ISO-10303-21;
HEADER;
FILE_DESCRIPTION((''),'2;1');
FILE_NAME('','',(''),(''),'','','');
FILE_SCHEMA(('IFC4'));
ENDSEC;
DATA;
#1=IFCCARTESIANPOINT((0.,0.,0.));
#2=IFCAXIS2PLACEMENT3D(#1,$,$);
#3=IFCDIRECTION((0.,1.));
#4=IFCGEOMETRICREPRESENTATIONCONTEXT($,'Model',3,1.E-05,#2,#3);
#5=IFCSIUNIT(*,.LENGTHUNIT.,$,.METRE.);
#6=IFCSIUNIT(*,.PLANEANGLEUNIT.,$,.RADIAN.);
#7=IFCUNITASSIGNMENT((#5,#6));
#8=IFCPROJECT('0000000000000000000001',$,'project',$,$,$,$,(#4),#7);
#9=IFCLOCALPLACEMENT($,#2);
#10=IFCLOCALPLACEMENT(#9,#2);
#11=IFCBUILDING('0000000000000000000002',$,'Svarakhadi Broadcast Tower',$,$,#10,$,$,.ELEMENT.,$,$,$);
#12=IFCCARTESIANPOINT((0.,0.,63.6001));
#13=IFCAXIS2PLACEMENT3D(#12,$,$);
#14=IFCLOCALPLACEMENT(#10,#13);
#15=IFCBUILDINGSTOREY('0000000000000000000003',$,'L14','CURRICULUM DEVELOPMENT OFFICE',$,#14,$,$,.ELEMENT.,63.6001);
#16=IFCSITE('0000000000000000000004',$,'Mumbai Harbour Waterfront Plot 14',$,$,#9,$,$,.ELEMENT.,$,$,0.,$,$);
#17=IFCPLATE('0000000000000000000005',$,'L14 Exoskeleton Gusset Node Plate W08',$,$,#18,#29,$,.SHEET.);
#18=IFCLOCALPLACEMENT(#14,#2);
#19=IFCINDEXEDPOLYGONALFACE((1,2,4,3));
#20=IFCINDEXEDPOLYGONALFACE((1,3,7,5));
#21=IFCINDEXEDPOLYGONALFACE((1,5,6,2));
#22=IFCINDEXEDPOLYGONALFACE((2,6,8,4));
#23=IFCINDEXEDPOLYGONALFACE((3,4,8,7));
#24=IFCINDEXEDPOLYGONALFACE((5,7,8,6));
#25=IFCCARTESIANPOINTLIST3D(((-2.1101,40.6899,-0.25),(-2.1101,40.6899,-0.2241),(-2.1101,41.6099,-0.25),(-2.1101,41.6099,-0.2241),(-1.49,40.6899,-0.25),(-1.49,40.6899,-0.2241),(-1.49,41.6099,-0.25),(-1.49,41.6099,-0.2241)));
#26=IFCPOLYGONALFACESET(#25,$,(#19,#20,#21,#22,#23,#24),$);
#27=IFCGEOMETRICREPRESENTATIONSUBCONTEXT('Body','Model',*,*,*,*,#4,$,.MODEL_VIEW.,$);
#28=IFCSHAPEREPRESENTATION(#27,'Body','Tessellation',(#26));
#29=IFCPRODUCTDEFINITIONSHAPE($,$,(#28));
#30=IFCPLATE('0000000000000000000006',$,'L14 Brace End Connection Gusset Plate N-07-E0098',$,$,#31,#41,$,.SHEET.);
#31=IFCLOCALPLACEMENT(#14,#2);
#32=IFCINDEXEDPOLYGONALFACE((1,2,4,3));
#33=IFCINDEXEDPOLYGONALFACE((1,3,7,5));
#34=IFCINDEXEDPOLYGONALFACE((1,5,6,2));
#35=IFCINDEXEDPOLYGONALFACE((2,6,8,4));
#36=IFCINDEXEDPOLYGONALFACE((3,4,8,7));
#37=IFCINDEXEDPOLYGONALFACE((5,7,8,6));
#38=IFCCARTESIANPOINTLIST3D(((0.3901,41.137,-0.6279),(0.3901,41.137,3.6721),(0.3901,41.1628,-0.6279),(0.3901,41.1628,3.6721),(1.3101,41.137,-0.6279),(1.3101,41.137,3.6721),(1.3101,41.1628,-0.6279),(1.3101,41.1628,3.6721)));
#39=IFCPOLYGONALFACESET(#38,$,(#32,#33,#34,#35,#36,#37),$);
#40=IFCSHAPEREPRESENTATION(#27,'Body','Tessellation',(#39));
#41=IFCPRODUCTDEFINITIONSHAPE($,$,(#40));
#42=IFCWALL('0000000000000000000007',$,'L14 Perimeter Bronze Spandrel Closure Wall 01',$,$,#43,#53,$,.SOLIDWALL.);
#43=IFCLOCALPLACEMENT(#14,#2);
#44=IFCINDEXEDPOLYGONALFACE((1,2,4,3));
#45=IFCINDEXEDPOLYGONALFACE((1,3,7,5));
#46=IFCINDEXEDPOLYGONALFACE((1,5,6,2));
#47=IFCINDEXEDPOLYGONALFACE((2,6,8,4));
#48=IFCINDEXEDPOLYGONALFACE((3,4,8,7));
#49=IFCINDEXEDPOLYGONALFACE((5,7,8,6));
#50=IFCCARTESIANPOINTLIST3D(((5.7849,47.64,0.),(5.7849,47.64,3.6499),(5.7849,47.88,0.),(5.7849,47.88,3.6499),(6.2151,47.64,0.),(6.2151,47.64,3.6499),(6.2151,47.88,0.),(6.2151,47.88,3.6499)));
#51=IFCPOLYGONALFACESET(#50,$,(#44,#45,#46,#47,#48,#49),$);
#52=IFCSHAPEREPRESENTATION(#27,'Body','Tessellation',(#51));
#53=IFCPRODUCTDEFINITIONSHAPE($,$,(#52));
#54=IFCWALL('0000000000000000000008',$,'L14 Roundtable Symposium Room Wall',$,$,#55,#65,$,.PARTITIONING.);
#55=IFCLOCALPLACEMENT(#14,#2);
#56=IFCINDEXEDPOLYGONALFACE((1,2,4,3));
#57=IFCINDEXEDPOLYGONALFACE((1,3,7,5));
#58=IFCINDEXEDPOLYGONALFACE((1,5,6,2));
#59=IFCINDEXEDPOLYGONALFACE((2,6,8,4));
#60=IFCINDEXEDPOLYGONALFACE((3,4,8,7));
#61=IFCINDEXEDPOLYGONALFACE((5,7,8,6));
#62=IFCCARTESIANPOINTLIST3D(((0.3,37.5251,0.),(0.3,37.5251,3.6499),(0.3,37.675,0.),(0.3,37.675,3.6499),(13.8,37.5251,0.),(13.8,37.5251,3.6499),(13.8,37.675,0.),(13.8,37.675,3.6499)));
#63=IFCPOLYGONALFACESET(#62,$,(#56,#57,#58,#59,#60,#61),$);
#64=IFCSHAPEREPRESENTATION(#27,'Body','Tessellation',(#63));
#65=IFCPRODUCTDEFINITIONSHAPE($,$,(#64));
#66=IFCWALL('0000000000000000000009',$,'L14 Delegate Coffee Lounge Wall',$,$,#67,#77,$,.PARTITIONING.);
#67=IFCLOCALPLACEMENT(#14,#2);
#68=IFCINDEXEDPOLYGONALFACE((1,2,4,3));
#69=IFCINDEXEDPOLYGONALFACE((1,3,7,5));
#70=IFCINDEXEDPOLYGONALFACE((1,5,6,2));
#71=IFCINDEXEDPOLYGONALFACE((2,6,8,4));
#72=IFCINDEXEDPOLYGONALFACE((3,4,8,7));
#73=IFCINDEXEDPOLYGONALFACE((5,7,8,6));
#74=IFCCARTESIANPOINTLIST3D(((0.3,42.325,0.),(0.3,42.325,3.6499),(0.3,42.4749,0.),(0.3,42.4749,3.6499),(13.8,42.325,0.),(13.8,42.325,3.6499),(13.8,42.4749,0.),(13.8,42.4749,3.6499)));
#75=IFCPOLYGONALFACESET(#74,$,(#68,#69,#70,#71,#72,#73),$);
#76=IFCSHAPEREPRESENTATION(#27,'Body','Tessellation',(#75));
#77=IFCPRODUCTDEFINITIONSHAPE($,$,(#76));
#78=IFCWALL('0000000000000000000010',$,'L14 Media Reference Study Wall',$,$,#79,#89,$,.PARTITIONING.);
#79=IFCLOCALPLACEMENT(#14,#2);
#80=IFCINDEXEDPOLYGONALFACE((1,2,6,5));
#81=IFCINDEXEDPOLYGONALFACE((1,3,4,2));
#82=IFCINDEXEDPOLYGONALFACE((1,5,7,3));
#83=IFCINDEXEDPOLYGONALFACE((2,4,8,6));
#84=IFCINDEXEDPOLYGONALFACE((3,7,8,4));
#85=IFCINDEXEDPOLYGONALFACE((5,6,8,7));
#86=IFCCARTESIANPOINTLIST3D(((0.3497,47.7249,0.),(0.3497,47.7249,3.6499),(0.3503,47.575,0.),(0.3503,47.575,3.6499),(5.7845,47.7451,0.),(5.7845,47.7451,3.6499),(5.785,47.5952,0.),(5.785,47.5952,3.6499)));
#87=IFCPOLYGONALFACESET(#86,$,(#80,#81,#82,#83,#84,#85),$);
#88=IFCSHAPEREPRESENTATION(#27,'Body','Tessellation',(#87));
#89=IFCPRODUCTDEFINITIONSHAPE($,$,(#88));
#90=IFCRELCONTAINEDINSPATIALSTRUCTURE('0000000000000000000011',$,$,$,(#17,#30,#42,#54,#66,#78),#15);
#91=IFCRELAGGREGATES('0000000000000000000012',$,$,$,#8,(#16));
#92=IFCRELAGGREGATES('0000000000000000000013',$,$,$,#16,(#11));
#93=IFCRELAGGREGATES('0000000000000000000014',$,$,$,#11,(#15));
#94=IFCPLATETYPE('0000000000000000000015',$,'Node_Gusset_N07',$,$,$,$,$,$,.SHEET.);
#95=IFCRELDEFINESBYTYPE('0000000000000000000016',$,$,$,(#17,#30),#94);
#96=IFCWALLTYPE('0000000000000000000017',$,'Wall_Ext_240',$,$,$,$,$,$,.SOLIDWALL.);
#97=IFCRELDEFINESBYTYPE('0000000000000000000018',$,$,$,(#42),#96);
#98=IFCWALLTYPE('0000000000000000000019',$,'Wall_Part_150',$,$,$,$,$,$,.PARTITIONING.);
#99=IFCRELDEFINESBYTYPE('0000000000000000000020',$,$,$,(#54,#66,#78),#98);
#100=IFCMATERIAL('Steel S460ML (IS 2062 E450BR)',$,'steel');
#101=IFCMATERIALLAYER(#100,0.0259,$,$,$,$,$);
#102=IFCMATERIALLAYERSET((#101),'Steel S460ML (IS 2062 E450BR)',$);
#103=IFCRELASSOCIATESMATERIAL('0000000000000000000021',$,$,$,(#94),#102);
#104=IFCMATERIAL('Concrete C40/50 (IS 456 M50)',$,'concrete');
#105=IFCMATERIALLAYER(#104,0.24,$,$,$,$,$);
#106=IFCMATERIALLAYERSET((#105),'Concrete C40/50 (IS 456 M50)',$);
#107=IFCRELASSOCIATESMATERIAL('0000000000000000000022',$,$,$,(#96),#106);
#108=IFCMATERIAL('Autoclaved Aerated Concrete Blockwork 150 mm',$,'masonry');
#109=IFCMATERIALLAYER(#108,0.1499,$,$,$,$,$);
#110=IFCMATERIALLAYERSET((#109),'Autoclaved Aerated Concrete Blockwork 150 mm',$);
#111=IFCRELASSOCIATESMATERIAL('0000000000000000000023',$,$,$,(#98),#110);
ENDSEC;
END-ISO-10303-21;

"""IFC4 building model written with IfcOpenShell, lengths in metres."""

from ifc_helpers import new_model, si_unit, direction, frame, frame_2d, origin, origin_2d, place, context, subcontext, project, spatial, rectangle, extrude, material, layer, layer_set, type_object, element, save


model = new_model("IFC4")

# Units and contexts
model_context = context("Model", 3, precision=1e-05, world=origin(), true_north=direction((0.0, 1.0)))
body_context = subcontext(model_context, "Body", "Model", "MODEL_VIEW")
ifc_project = project(units=[si_unit("LENGTHUNIT", "METRE"), si_unit("PLANEANGLEUNIT", "RADIAN")], contexts=[model_context])

# Site, building, storey
site_placement = place(None, origin())
site = spatial("IfcSite", under=ifc_project, at=site_placement, Name="Mumbai Harbour Waterfront Plot 14", CompositionType="ELEMENT", RefElevation=0.0)
building_placement = place(site_placement, origin())
building = spatial("IfcBuilding", under=site, at=building_placement, Name="Svarakhadi Broadcast Tower", CompositionType="ELEMENT")
storey_placement = place(building_placement, frame((0.0, 0.0, 63.6001)))
storey = spatial("IfcBuildingStorey", under=building, at=storey_placement, Name="L14", Description="CURRICULUM DEVELOPMENT OFFICE", CompositionType="ELEMENT", Elevation=63.6001)

# Shared definitions
ifc_material_1 = material(Name="Steel S460ML (IS 2062 E450BR)", Category="steel")

# Plates
ifc_layer_1 = layer(ifc_material_1, 0.0259)
ifc_layer_set_1 = layer_set([ifc_layer_1], Name="Steel S460ML (IS 2062 E450BR)")
plate_type_1 = type_object("IfcPlateType", Name="Node_Gusset_N07", PredefinedType="SHEET", material=ifc_layer_set_1)
plate_1_placement = place(storey_placement, frame((-1.8, 41.1499, -0.25), z_axis=(0.0, 0.0, 1.0), x_axis=(0.0, 1.0, 0.0)))
element("IfcPlate", 1, at=plate_1_placement, inside=storey, type_object=plate_type_1, Name="L14 Exoskeleton Gusset Node Plate W08", PredefinedType="SHEET", context=body_context, shape_type="SweptSolid", body=[
    extrude(rectangle(XDim=0.9199, YDim=0.6201, at=origin_2d()), origin(), (0.0, 0.0, 1.0), 0.0259),
])
plate_2_placement = place(storey_placement, frame((0.8501, 41.1499, -0.6279), z_axis=(0.0, 0.0, 1.0), x_axis=(1.0, 0.0, 0.0)))
element("IfcPlate", 2, at=plate_2_placement, inside=storey, type_object=plate_type_1, Name="L14 Brace End Connection Gusset Plate N-07-E0098", PredefinedType="SHEET", context=body_context, shape_type="SweptSolid", body=[
    extrude(rectangle(XDim=0.9199, YDim=0.0259, at=origin_2d()), origin(), (0.0, 0.0, 1.0), 4.3),
])

# Walls
ifc_material_2 = material(Name="Concrete C40/50 (IS 456 M50)", Category="concrete")
ifc_layer_2 = layer(ifc_material_2, 0.24)
ifc_layer_set_2 = layer_set([ifc_layer_2], Name="Concrete C40/50 (IS 456 M50)")
wall_type_1 = type_object("IfcWallType", Name="Wall_Ext_240", PredefinedType="SOLIDWALL", material=ifc_layer_set_2)
wall_1_placement = place(storey_placement, frame((5.7849, 47.76, 0.0), z_axis=(0.0, 0.0, 1.0), x_axis=(1.0, 0.0, 0.0)))
element("IfcWall", 3, at=wall_1_placement, inside=storey, type_object=wall_type_1, Name="L14 Perimeter Bronze Spandrel Closure Wall 01", PredefinedType="SOLIDWALL", context=body_context, shape_type="SweptSolid", body=[
    extrude(rectangle(XDim=0.4302, YDim=0.24, at=frame_2d((0.2151, 0.0))), origin(), (0.0, 0.0, 1.0), 3.6499),
])
ifc_material_3 = material(Name="Autoclaved Aerated Concrete Blockwork 150 mm", Category="masonry")
ifc_layer_3 = layer(ifc_material_3, 0.1499)
ifc_layer_set_3 = layer_set([ifc_layer_3], Name="Autoclaved Aerated Concrete Blockwork 150 mm")
wall_type_2 = type_object("IfcWallType", Name="Wall_Part_150", PredefinedType="PARTITIONING", material=ifc_layer_set_3)
for number, where, z_axis, x_axis, name in (
    (4, (0.3, 37.6001, 0.0), (0.0, 0.0, 1.0), (1.0, 0.0, 0.0), "L14 Roundtable Symposium Room Wall"),
    (5, (0.3, 42.3999, 0.0), (0.0, 0.0, 1.0), (1.0, 0.0, 0.0), "L14 Delegate Coffee Lounge Wall"),
):
    element("IfcWall", number, at=place(storey_placement, frame(where, z_axis=z_axis, x_axis=x_axis)), inside=storey, type_object=wall_type_2, Name=name, PredefinedType="PARTITIONING", context=body_context, shape_type="SweptSolid", body=[
        extrude(rectangle(XDim=13.5, YDim=0.1499, at=frame_2d((6.75, 0.0))), origin(), (0.0, 0.0, 1.0), 3.6499),
    ])
wall_2_placement = place(storey_placement, frame((0.3501, 47.6499, 0.0), z_axis=(0.0, 0.0, 1.0), x_axis=(0.999993, 0.003728, 0.0)))
element("IfcWall", 6, at=wall_2_placement, inside=storey, type_object=wall_type_2, Name="L14 Media Reference Study Wall", PredefinedType="PARTITIONING", context=body_context, shape_type="SweptSolid", body=[
    extrude(rectangle(XDim=5.4348, YDim=0.1499, at=frame_2d((2.7173, 0.0))), origin(), (0.0, 0.0, 1.0), 3.6499),
])

save(model, "model.ifc")
